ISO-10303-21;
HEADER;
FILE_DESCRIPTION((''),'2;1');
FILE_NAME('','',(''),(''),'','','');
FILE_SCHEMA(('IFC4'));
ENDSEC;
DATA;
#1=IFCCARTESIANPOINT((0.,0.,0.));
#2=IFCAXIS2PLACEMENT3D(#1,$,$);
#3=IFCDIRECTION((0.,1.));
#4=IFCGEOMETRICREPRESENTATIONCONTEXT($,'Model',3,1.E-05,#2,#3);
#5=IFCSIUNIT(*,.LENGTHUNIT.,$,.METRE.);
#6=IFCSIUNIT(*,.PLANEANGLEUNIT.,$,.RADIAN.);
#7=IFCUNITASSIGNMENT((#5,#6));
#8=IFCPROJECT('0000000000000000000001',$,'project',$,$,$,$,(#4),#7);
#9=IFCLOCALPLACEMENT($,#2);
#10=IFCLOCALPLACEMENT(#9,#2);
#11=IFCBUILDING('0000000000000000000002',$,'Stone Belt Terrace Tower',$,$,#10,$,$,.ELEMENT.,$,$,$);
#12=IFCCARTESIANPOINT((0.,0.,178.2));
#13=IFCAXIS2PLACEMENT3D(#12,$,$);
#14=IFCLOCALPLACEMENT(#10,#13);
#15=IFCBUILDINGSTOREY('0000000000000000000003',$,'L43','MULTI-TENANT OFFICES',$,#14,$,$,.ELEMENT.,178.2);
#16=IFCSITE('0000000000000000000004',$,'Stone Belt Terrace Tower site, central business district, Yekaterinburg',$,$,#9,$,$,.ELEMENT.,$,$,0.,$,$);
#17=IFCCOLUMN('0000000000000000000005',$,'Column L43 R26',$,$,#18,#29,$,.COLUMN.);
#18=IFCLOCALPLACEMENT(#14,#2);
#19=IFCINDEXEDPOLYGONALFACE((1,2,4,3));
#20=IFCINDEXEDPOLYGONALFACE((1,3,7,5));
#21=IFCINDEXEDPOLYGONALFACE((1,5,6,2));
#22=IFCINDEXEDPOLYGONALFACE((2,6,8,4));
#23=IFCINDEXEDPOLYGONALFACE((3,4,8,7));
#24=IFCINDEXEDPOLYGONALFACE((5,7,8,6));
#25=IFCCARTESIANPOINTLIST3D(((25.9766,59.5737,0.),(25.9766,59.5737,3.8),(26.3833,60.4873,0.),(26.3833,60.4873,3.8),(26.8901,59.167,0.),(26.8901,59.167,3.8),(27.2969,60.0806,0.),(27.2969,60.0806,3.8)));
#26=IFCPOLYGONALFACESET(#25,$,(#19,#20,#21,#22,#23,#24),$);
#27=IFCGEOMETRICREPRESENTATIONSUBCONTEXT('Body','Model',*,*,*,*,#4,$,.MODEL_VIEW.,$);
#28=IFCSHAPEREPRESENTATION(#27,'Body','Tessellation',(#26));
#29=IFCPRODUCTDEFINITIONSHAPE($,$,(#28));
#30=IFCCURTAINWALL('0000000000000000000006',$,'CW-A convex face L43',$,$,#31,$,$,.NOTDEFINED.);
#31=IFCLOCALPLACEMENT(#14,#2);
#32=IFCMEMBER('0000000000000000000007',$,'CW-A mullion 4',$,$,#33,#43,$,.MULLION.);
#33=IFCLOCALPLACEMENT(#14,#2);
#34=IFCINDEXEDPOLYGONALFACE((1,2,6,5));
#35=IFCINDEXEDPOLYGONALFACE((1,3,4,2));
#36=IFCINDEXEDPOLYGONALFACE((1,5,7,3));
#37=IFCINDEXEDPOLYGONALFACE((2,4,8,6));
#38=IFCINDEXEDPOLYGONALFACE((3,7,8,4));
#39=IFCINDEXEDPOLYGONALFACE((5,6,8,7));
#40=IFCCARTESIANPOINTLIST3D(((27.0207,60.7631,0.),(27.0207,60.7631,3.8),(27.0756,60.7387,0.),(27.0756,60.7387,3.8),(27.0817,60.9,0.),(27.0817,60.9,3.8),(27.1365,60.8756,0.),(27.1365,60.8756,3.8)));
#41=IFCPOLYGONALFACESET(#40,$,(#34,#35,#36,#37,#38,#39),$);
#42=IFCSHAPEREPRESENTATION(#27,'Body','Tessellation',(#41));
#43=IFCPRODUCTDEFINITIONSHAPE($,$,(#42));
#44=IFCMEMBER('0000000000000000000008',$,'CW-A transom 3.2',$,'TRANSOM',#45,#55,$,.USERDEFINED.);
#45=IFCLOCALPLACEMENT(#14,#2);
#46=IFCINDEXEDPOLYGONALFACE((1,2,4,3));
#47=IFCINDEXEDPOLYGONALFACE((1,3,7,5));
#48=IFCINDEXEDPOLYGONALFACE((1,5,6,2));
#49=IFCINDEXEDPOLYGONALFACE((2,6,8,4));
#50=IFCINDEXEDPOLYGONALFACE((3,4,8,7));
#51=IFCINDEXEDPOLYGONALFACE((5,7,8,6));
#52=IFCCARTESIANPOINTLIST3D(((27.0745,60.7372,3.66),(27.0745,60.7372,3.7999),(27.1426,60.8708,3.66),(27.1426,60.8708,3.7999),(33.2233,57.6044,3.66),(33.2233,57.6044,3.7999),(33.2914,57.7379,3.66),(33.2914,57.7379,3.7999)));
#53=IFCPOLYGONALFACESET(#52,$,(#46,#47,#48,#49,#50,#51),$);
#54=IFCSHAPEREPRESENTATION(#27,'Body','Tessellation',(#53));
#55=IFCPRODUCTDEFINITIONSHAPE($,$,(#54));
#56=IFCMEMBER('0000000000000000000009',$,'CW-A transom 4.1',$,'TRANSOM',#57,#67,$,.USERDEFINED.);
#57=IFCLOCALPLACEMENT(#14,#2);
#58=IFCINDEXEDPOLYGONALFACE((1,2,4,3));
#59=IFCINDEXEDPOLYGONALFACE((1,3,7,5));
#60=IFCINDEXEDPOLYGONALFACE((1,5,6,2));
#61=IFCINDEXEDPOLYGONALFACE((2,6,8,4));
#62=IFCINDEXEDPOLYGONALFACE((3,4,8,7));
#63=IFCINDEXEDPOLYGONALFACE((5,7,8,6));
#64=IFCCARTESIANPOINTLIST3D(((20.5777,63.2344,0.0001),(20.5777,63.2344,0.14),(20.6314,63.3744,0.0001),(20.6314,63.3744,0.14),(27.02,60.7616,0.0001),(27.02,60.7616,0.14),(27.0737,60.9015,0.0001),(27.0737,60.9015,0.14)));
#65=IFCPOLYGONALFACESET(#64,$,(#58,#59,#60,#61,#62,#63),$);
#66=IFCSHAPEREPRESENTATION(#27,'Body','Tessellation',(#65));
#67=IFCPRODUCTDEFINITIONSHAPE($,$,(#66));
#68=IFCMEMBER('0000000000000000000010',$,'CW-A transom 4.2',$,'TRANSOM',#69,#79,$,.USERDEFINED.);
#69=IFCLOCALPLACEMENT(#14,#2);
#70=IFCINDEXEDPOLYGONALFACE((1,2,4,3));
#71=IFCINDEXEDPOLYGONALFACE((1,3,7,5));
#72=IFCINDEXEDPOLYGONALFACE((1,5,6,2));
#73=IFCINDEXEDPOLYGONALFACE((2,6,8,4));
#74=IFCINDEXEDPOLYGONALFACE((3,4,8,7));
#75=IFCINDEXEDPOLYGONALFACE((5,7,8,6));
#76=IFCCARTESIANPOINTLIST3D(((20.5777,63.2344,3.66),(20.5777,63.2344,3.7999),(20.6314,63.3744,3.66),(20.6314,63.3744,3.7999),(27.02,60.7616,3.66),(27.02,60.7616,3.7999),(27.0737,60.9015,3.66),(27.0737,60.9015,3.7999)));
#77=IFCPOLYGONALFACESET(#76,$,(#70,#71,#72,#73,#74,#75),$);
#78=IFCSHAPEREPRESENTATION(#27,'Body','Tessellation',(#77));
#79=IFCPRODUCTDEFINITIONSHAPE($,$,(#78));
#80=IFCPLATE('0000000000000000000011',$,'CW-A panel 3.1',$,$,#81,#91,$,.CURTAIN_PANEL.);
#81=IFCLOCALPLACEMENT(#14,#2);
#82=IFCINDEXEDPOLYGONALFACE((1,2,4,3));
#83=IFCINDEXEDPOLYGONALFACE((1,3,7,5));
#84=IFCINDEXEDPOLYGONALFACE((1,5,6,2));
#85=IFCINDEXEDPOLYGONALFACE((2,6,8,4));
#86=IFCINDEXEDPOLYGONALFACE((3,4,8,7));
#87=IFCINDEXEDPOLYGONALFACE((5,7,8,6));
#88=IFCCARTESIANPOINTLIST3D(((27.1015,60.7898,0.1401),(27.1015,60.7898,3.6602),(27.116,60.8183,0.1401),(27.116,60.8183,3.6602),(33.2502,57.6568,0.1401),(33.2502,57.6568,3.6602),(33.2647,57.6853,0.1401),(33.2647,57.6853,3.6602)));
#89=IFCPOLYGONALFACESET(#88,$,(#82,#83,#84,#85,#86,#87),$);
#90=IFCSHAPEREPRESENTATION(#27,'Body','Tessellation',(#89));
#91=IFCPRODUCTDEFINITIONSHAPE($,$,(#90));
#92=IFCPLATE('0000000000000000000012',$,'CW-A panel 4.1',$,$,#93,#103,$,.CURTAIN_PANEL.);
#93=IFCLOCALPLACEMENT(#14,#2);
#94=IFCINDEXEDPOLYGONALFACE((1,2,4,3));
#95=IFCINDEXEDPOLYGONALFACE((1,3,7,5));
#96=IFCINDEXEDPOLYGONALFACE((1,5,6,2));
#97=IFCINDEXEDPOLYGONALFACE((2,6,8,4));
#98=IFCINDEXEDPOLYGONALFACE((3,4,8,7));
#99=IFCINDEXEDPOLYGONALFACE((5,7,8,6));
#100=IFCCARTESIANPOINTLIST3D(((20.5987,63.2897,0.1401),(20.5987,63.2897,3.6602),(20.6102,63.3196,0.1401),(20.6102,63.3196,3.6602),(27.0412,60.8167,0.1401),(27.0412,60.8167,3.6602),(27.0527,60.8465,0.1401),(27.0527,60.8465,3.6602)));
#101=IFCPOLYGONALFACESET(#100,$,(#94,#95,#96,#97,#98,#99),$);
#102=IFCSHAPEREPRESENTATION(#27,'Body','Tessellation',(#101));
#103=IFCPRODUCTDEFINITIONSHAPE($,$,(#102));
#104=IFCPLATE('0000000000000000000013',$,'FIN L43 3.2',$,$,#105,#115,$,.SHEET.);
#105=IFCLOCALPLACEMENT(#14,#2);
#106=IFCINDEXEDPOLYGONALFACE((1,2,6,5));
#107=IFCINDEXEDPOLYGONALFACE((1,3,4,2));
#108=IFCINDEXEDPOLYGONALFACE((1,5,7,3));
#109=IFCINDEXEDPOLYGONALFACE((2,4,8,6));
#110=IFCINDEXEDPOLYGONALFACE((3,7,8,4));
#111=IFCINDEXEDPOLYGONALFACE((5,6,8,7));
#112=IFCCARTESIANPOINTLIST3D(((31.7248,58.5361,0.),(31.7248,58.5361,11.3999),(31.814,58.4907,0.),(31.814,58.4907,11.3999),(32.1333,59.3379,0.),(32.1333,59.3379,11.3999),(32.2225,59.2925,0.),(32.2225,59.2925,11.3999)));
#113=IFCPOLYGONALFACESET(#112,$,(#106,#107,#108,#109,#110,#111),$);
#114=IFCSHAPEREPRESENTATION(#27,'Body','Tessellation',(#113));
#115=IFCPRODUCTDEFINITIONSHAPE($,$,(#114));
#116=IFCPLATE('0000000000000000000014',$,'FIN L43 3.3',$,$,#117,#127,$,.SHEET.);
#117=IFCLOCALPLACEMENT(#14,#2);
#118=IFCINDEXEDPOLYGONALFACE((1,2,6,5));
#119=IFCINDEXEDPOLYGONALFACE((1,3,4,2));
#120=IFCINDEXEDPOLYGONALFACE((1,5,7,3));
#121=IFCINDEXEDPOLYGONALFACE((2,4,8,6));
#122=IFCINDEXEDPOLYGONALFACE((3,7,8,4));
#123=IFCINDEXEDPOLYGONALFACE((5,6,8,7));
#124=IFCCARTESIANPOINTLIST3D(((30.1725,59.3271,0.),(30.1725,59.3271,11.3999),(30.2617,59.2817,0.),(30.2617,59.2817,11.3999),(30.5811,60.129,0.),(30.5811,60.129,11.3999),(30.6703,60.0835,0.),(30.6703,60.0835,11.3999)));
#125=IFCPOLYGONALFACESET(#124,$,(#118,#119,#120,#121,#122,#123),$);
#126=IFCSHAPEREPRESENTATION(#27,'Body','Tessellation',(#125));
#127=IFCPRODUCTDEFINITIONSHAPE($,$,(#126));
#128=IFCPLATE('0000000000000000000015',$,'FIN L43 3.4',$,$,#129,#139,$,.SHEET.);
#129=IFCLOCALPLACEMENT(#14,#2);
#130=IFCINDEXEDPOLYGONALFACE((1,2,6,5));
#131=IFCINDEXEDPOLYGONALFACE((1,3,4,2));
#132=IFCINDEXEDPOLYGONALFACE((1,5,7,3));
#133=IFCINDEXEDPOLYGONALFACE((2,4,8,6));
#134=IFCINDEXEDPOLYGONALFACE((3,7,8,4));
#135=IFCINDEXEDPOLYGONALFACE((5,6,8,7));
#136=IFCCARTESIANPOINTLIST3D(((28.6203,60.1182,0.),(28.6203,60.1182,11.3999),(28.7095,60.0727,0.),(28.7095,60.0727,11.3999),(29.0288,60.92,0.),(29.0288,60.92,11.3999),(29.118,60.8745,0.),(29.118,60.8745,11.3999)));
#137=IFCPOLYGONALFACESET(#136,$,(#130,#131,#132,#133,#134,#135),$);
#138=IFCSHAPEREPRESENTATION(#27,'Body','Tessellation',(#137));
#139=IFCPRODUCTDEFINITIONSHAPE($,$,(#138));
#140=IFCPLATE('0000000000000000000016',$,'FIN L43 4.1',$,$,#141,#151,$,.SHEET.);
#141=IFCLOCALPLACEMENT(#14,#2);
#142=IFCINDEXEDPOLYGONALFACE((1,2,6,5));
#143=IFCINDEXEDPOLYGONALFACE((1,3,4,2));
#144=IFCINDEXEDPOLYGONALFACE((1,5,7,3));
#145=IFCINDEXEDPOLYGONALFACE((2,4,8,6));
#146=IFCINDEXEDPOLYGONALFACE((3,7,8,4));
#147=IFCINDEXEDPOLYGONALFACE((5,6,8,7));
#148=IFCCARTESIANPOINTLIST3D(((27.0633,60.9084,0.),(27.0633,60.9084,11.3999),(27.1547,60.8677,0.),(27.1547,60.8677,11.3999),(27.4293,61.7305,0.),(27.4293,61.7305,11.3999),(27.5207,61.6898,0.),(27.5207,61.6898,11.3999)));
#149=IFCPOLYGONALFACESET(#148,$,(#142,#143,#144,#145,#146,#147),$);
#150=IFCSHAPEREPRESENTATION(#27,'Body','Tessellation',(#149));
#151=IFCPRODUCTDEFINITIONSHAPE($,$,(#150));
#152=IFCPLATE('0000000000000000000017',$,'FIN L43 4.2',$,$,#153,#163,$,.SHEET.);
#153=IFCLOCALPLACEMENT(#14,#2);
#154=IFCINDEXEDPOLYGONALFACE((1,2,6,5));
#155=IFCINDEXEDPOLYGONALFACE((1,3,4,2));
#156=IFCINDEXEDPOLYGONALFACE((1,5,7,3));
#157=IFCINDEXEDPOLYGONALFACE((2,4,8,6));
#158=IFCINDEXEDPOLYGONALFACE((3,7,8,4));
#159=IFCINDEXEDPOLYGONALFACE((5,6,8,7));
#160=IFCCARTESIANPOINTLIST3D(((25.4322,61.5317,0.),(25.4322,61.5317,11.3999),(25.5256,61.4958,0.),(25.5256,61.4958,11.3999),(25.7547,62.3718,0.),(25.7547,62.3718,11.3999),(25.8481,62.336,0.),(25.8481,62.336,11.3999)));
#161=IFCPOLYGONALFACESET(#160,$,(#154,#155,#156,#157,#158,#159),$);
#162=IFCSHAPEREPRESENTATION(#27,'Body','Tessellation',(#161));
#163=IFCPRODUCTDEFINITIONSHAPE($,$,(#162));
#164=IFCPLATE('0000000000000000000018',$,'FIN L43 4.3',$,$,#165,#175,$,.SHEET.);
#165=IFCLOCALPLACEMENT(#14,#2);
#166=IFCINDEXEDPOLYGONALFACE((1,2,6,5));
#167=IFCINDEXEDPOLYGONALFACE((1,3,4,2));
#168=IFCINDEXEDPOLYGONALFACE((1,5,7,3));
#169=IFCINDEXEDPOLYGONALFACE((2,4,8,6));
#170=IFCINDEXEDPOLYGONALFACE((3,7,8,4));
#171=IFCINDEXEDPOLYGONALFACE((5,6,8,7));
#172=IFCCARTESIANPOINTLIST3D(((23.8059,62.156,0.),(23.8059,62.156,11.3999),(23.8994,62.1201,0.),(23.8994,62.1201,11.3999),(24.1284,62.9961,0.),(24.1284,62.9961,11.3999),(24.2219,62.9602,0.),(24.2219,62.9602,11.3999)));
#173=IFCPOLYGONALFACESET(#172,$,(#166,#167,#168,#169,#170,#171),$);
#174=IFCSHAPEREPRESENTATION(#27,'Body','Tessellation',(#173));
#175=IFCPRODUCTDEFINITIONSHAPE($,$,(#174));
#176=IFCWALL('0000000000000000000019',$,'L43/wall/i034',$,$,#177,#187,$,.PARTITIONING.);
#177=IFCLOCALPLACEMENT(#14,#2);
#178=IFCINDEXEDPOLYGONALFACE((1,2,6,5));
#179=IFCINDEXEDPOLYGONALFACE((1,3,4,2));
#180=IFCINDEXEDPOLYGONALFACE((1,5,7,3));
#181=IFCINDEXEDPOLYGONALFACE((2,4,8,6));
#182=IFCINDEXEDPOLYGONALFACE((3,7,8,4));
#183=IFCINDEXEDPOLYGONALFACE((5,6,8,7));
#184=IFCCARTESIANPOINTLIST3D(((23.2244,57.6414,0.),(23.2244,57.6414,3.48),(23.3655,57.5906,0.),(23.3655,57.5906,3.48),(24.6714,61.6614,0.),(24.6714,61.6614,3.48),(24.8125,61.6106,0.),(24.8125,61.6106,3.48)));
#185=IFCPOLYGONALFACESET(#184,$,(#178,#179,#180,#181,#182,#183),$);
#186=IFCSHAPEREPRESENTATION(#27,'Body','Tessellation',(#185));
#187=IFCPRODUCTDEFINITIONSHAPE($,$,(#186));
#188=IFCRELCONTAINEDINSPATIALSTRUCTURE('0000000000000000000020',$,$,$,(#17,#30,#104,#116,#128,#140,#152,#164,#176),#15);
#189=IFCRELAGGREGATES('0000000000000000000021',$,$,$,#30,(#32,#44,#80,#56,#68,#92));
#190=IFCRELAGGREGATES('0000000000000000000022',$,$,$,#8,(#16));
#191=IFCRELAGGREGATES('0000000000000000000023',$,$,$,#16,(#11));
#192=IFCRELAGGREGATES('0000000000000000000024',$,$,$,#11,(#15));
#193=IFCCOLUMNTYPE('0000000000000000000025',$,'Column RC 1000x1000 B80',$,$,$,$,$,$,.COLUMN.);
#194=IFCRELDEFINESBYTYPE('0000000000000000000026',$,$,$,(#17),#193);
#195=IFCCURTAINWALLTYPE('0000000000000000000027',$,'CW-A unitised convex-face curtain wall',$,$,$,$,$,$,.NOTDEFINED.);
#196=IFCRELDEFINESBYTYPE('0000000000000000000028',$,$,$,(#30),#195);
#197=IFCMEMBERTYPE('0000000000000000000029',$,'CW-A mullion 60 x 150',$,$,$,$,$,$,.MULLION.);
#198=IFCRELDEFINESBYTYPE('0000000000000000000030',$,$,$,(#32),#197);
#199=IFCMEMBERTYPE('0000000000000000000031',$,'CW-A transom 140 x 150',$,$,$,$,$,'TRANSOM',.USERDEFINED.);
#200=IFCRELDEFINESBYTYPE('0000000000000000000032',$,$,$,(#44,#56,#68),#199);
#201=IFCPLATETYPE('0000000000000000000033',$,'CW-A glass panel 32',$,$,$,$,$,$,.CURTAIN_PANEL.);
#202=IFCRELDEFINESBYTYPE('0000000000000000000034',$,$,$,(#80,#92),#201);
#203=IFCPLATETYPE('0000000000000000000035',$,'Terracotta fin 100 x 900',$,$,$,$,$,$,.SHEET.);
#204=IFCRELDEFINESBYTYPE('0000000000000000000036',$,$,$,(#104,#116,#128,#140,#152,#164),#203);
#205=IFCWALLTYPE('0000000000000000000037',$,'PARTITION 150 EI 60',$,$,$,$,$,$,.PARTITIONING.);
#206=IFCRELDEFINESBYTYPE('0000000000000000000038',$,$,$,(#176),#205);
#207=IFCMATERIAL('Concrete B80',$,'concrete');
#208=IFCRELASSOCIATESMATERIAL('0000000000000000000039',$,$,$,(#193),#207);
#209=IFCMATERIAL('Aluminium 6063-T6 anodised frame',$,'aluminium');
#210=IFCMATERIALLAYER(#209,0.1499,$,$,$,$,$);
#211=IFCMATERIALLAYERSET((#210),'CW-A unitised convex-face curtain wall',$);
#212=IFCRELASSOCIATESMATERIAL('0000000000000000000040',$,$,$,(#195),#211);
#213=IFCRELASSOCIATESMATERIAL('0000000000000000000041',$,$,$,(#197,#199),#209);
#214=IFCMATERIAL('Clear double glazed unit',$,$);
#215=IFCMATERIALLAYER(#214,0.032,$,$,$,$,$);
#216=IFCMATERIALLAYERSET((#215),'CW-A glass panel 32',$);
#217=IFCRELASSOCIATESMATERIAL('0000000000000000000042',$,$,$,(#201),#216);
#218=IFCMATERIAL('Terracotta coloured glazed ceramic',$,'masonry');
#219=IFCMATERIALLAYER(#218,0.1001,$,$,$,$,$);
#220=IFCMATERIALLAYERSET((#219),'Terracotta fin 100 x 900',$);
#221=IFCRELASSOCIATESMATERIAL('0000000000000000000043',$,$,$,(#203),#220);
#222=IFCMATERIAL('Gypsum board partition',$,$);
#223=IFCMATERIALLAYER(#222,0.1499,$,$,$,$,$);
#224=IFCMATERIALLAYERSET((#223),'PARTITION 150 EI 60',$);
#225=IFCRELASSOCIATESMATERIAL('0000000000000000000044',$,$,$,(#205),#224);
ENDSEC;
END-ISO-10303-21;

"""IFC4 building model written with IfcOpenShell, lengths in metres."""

from ifc_helpers import new_model, si_unit, direction, frame, frame_2d, origin, origin_2d, place, context, subcontext, project, spatial, rectangle, extrude, material, layer, layer_set, material_profile, profile_set, type_object, element, aggregate, save


model = new_model("IFC4")

# Units and contexts
model_context = context("Model", 3, precision=1e-05, world=origin(), true_north=direction((0.0, 1.0)))
body_context = subcontext(model_context, "Body", "Model", "MODEL_VIEW")
ifc_project = project(units=[si_unit("LENGTHUNIT", "METRE"), si_unit("PLANEANGLEUNIT", "RADIAN")], contexts=[model_context])

# Site, building, storey
site_placement = place(None, origin())
site = spatial("IfcSite", under=ifc_project, at=site_placement, Name="Stone Belt Terrace Tower site, central business district, Yekaterinburg", CompositionType="ELEMENT", RefElevation=0.0)
building_placement = place(site_placement, origin())
building = spatial("IfcBuilding", under=site, at=building_placement, Name="Stone Belt Terrace Tower", CompositionType="ELEMENT")
storey_placement = place(building_placement, frame((0.0, 0.0, 178.2)))
storey = spatial("IfcBuildingStorey", under=building, at=storey_placement, Name="L43", Description="MULTI-TENANT OFFICES", CompositionType="ELEMENT", Elevation=178.2)

# Column
ifc_material_1 = material(Name="Concrete B80", Category="concrete")
ifc_material_profile_1 = material_profile(ifc_material_1, rectangle(XDim=1.0, YDim=1.0, at=origin_2d()), Name="RC 1000x1000")
ifc_profile_set_1 = profile_set([ifc_material_profile_1], Name="Concrete B80")
column_type = type_object("IfcColumnType", Name="Column RC 1000x1000 B80", PredefinedType="COLUMN", material=ifc_profile_set_1)
column_placement = place(storey_placement, frame((26.6367, 59.8271, 0.0), z_axis=(0.0, 0.0, 1.0), x_axis=(0.913545, -0.406737, 0.0)))
element("IfcColumn", 1, at=column_placement, inside=storey, type_object=column_type, Name="Column L43 R26", PredefinedType="COLUMN", context=body_context, shape_type="SweptSolid", body=[
    extrude(rectangle(XDim=1.0, YDim=1.0, at=origin_2d()), origin(), (0.0, 0.0, 1.0), 3.8),
])

# Curtain wall, members, plates
ifc_material_2 = material(Name="Aluminium 6063-T6 anodised frame", Category="aluminium")
ifc_layer_1 = layer(ifc_material_2, 0.1499)
ifc_layer_set_1 = layer_set([ifc_layer_1], Name="CW-A unitised convex-face curtain wall")
curtain_wall_type = type_object("IfcCurtainWallType", Name="CW-A unitised convex-face curtain wall", PredefinedType="NOTDEFINED", material=ifc_layer_set_1)
curtain_wall_placement = place(storey_placement, origin())
curtain_wall = element("IfcCurtainWall", 2, at=curtain_wall_placement, inside=storey, type_object=curtain_wall_type, Name="CW-A convex face L43", PredefinedType="NOTDEFINED")
ifc_material_profile_2 = material_profile(ifc_material_2, rectangle(XDim=0.1499, YDim=0.0601, at=origin_2d()), Name="Aluminium 6063-T6 60x150")
ifc_profile_set_2 = profile_set([ifc_material_profile_2], Name="Aluminium 6063-T6 anodised frame")
member_type_1 = type_object("IfcMemberType", Name="CW-A mullion 60 x 150", PredefinedType="MULLION", material=ifc_profile_set_2)
member_1_placement = place(storey_placement, frame((27.0786, 60.8193, 0.0), z_axis=(0.0, 0.0, 1.0), x_axis=(-0.406737, -0.913545, 0.0)))
member_1 = element("IfcMember", 3, at=member_1_placement, type_object=member_type_1, Name="CW-A mullion 4", PredefinedType="MULLION", context=body_context, shape_type="SweptSolid", body=[
    extrude(rectangle(XDim=0.1499, YDim=0.0601, at=origin_2d()), origin(), (0.0, 0.0, 1.0), 3.8),
])
ifc_material_profile_3 = material_profile(ifc_material_2, rectangle(XDim=0.1499, YDim=0.1399, at=origin_2d()), Name="Aluminium 6063-T6 150x140")
ifc_profile_set_3 = profile_set([ifc_material_profile_3], Name="Aluminium 6063-T6 anodised frame")
member_type_2 = type_object("IfcMemberType", Name="CW-A transom 140 x 150", ElementType="TRANSOM", PredefinedType="USERDEFINED", material=ifc_profile_set_3)
member_2_placement = place(storey_placement, frame((33.2573, 57.6711, 3.73), z_axis=(-0.891012, 0.453979, 0.0), x_axis=(-0.453979, -0.891012, 0.0)))
member_2 = element("IfcMember", 4, at=member_2_placement, type_object=member_type_2, Name="CW-A transom 3.2", ObjectType="TRANSOM", PredefinedType="USERDEFINED", context=body_context, shape_type="SweptSolid", body=[
    extrude(rectangle(XDim=0.1499, YDim=0.1399, at=origin_2d()), origin(), (0.0, 0.0, 1.0), 6.9009),
])
member_3_placement = place(storey_placement, frame((27.0469, 60.8315, 0.0701), z_axis=(-0.933585, 0.358355, 0.0), x_axis=(-0.358355, -0.933585, 0.0)))
member_3 = element("IfcMember", 5, at=member_3_placement, type_object=member_type_2, Name="CW-A transom 4.1", ObjectType="TRANSOM", PredefinedType="USERDEFINED", context=body_context, shape_type="SweptSolid", body=[
    extrude(rectangle(XDim=0.1499, YDim=0.1399, at=origin_2d()), origin(), (0.0, 0.0, 1.0), 6.9006),
])
member_4_placement = place(storey_placement, frame((27.0469, 60.8315, 3.73), z_axis=(-0.933585, 0.358355, 0.0), x_axis=(-0.358355, -0.933585, 0.0)))
member_4 = element("IfcMember", 6, at=member_4_placement, type_object=member_type_2, Name="CW-A transom 4.2", ObjectType="TRANSOM", PredefinedType="USERDEFINED", context=body_context, shape_type="SweptSolid", body=[
    extrude(rectangle(XDim=0.1499, YDim=0.1399, at=origin_2d()), origin(), (0.0, 0.0, 1.0), 6.9006),
])
ifc_material_3 = material(Name="Clear double glazed unit")
ifc_layer_2 = layer(ifc_material_3, 0.032)
ifc_layer_set_2 = layer_set([ifc_layer_2], Name="CW-A glass panel 32")
plate_type_1 = type_object("IfcPlateType", Name="CW-A glass panel 32", PredefinedType="CURTAIN_PANEL", material=ifc_layer_set_2)
plate_1_placement = place(storey_placement, frame((30.1831, 59.2375, 0.1401), z_axis=(0.0, 0.0, 1.0), x_axis=(-0.891007, 0.45399, 0.0)))
plate_1 = element("IfcPlate", 7, at=plate_1_placement, type_object=plate_type_1, Name="CW-A panel 3.1", PredefinedType="CURTAIN_PANEL", context=body_context, shape_type="SweptSolid", body=[
    extrude(rectangle(XDim=6.9009, YDim=0.032, at=origin_2d()), origin(), (0.0, 0.0, 1.0), 3.52),
])
plate_2_placement = place(storey_placement, frame((23.8257, 62.0681, 0.1401), z_axis=(0.0, 0.0, 1.0), x_axis=(-0.93358, 0.358368, 0.0)))
plate_2 = element("IfcPlate", 8, at=plate_2_placement, type_object=plate_type_1, Name="CW-A panel 4.1", PredefinedType="CURTAIN_PANEL", context=body_context, shape_type="SweptSolid", body=[
    extrude(rectangle(XDim=6.9009, YDim=0.032, at=origin_2d()), origin(), (0.0, 0.0, 1.0), 3.52),
])
aggregate(curtain_wall, [member_1, member_2, plate_1, member_3, member_4, plate_2])

# Plates
ifc_material_4 = material(Name="Terracotta coloured glazed ceramic", Category="masonry")
ifc_layer_3 = layer(ifc_material_4, 0.1001)
ifc_layer_set_3 = layer_set([ifc_layer_3], Name="Terracotta fin 100 x 900")
plate_type_2 = type_object("IfcPlateType", Name="Terracotta fin 100 x 900", PredefinedType="SHEET", material=ifc_layer_set_3)
for number, where, z_axis, x_axis, name in (
    (9, (31.9736, 58.9143, 0.0), (0.0, 0.0, 1.0), (0.45399, 0.891007, 0.0), "FIN L43 3.2"),
    (10, (30.4214, 59.7053, 0.0), (0.0, 0.0, 1.0), (0.45399, 0.891007, 0.0), "FIN L43 3.3"),
    (11, (28.8691, 60.4963, 0.0), (0.0, 0.0, 1.0), (0.45399, 0.891007, 0.0), "FIN L43 3.4"),
    (12, (27.292, 61.2991, 0.0), (0.0, 0.0, 1.0), (0.406737, 0.913545, 0.0), "FIN L43 4.1"),
    (13, (25.6401, 61.9338, 0.0), (0.0, 0.0, 1.0), (0.358368, 0.93358, 0.0), "FIN L43 4.2"),
    (14, (24.0139, 62.5581, 0.0), (0.0, 0.0, 1.0), (0.358368, 0.93358, 0.0), "FIN L43 4.3"),
):
    element("IfcPlate", number, at=place(storey_placement, frame(where, z_axis=z_axis, x_axis=x_axis)), inside=storey, type_object=plate_type_2, Name=name, PredefinedType="SHEET", context=body_context, shape_type="SweptSolid", body=[
        extrude(rectangle(XDim=0.8999, YDim=0.1001, at=origin_2d()), origin(), (0.0, 0.0, 1.0), 11.3999),
    ])

# Wall
ifc_material_5 = material(Name="Gypsum board partition")
ifc_layer_4 = layer(ifc_material_5, 0.1499)
ifc_layer_set_4 = layer_set([ifc_layer_4], Name="PARTITION 150 EI 60")
wall_type = type_object("IfcWallType", Name="PARTITION 150 EI 60", PredefinedType="PARTITIONING", material=ifc_layer_set_4)
wall_placement = place(storey_placement, frame((24.7419, 61.636, 0.0), z_axis=(0.0, 0.0, 1.0), x_axis=(-0.338681, -0.940901, 0.0)))
element("IfcWall", 15, at=wall_placement, inside=storey, type_object=wall_type, Name="L43/wall/i034", PredefinedType="PARTITIONING", context=body_context, shape_type="SweptSolid", body=[
    extrude(rectangle(XDim=4.2725, YDim=0.1499, at=frame_2d((2.1362, 0.0))), origin(), (0.0, 0.0, 1.0), 3.48),
])

save(model, "model.ifc")
